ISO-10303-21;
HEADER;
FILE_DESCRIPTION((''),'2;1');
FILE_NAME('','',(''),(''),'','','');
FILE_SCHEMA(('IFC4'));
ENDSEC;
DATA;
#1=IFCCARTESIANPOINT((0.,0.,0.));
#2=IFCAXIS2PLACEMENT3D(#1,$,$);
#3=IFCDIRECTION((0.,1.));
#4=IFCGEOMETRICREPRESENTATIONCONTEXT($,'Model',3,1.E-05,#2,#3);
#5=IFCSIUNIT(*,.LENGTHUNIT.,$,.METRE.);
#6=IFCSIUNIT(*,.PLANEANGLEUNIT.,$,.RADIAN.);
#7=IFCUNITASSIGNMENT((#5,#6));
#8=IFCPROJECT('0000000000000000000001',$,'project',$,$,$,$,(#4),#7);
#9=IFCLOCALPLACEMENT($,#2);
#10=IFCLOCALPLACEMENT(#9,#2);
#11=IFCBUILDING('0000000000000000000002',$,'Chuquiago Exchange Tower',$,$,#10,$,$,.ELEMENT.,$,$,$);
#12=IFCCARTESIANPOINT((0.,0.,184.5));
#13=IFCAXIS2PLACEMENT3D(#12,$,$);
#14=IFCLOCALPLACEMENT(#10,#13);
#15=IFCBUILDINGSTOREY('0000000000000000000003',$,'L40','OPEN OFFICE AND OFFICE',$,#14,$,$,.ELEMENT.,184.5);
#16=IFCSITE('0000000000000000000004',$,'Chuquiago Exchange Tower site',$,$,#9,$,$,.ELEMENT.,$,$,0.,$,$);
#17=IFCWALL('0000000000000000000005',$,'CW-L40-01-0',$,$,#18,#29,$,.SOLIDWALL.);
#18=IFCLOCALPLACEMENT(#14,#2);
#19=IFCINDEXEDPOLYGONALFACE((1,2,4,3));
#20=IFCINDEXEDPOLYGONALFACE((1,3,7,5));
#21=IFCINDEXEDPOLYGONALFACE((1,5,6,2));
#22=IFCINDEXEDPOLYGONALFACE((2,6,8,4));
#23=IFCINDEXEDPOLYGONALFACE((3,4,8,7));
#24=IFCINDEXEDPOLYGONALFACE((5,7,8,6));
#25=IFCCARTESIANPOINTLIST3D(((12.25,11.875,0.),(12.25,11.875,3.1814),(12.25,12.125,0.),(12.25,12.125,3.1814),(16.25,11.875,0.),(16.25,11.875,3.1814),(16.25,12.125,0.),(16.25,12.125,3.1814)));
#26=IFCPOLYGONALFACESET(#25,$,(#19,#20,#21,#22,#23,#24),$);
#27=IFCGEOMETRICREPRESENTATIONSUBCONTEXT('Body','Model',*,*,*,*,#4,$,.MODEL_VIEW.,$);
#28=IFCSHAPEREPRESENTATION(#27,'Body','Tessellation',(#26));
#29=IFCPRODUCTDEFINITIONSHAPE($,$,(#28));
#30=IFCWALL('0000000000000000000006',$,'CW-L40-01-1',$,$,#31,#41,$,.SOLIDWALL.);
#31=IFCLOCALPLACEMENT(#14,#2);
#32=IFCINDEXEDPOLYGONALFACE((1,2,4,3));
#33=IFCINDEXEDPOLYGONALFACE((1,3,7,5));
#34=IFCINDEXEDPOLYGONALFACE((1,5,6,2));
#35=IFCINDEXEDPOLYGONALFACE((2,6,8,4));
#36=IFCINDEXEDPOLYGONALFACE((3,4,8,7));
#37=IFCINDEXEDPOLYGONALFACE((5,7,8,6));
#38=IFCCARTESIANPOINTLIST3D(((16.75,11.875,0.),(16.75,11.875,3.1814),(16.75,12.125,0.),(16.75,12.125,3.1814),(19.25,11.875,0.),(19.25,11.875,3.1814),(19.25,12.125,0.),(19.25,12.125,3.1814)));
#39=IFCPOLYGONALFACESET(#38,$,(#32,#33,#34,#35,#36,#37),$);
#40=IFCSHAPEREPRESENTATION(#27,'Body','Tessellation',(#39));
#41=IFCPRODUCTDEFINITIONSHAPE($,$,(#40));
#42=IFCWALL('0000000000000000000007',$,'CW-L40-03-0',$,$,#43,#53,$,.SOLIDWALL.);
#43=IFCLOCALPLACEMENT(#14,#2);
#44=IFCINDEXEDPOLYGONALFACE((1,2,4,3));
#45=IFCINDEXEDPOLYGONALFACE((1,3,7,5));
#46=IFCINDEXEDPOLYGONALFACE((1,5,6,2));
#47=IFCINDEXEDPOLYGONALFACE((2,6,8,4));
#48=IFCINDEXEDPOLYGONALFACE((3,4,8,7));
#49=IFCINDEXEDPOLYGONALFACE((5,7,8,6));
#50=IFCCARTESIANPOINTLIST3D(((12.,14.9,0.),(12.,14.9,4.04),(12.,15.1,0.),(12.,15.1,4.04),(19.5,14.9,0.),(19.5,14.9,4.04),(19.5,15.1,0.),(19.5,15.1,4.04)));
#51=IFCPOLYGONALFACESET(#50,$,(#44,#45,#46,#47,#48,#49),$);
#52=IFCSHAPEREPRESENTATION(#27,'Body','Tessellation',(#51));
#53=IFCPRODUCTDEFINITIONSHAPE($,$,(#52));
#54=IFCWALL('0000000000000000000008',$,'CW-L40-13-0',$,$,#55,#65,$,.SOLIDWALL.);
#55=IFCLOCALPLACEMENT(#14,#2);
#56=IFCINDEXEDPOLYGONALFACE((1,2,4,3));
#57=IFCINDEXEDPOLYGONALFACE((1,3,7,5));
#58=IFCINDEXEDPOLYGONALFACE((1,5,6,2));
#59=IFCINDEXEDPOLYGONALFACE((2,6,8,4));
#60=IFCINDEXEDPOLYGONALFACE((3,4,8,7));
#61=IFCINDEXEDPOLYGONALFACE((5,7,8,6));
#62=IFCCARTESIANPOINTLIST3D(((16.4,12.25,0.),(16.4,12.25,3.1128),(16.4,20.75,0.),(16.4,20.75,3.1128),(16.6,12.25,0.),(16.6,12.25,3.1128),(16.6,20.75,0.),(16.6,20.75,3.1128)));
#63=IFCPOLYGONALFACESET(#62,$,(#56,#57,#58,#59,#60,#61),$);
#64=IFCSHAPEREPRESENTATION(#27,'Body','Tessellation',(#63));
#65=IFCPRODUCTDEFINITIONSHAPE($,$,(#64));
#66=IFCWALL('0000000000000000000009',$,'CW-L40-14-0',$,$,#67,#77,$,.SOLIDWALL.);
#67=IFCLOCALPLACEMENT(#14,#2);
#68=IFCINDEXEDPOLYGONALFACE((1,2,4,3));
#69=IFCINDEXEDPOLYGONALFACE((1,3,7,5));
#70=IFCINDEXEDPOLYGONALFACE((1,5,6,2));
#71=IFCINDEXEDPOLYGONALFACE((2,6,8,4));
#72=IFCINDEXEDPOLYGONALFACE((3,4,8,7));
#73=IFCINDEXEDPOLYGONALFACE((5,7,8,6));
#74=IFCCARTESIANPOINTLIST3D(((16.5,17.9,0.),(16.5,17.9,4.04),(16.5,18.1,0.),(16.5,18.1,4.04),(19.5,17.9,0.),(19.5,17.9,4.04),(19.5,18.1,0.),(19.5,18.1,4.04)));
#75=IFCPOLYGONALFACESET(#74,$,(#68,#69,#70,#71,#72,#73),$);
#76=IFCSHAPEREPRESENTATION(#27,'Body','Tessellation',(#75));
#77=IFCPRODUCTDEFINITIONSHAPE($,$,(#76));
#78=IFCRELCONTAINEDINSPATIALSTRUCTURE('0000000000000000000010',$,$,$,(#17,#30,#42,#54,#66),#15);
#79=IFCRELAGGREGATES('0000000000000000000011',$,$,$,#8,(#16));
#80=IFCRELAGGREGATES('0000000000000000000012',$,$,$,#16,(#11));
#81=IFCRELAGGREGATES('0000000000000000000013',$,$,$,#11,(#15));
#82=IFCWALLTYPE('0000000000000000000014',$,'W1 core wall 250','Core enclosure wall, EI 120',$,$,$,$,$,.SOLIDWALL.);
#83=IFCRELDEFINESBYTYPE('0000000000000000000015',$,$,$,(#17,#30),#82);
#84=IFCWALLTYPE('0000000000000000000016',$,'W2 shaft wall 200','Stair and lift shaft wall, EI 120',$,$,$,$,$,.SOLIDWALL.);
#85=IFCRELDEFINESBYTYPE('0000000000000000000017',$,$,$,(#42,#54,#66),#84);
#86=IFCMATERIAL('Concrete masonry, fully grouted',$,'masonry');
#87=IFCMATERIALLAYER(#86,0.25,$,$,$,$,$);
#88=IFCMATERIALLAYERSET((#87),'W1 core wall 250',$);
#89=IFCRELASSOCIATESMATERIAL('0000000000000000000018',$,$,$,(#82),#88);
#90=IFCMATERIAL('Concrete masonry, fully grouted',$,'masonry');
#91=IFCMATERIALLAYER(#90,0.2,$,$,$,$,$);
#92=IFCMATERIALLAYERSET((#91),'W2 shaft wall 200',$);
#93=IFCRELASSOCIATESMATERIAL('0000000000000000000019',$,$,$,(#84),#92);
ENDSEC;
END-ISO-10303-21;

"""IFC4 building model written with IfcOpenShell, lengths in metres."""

from ifc_helpers import new_model, si_unit, direction, frame, frame_2d, origin, place, context, subcontext, project, spatial, rectangle, extrude, material, layer, layer_set, type_object, element, save


model = new_model("IFC4")

# Units and contexts
model_context = context("Model", 3, precision=1e-05, world=origin(), true_north=direction((0.0, 1.0)))
body_context = subcontext(model_context, "Body", "Model", "MODEL_VIEW")
ifc_project = project(units=[si_unit("LENGTHUNIT", "METRE"), si_unit("PLANEANGLEUNIT", "RADIAN")], contexts=[model_context])

# Site, building, storey
site_placement = place(None, origin())
site = spatial("IfcSite", under=ifc_project, at=site_placement, Name="Chuquiago Exchange Tower site", CompositionType="ELEMENT", RefElevation=0.0)
building_placement = place(site_placement, origin())
building = spatial("IfcBuilding", under=site, at=building_placement, Name="Chuquiago Exchange Tower", CompositionType="ELEMENT")
storey_placement = place(building_placement, frame((0.0, 0.0, 184.5)))
storey = spatial("IfcBuildingStorey", under=building, at=storey_placement, Name="L40", Description="OPEN OFFICE AND OFFICE", CompositionType="ELEMENT", Elevation=184.5)

# Shared definitions
ifc_material_1 = material(Name="Concrete masonry, fully grouted", Category="masonry")
ifc_layer_1 = layer(ifc_material_1, 0.25)
ifc_layer_set_1 = layer_set([ifc_layer_1], Name="W1 core wall 250")
wall_type_1 = type_object("IfcWallType", Name="W1 core wall 250", Description="Core enclosure wall, EI 120", PredefinedType="SOLIDWALL", material=ifc_layer_set_1)

# Walls
wall_1_placement = place(storey_placement, frame((12.25, 12.0, 0.0), z_axis=(0.0, 0.0, 1.0), x_axis=(1.0, 0.0, 0.0)))
element("IfcWall", 1, at=wall_1_placement, inside=storey, type_object=wall_type_1, Name="CW-L40-01-0", PredefinedType="SOLIDWALL", context=body_context, shape_type="SweptSolid", body=[
    extrude(rectangle(XDim=4.0, YDim=0.25, at=frame_2d((2.0, 0.0))), origin(), (0.0, 0.0, 1.0), 3.1814),
])
wall_2_placement = place(storey_placement, frame((16.75, 12.0, 0.0), z_axis=(0.0, 0.0, 1.0), x_axis=(1.0, 0.0, 0.0)))
element("IfcWall", 2, at=wall_2_placement, inside=storey, type_object=wall_type_1, Name="CW-L40-01-1", PredefinedType="SOLIDWALL", context=body_context, shape_type="SweptSolid", body=[
    extrude(rectangle(XDim=2.5, YDim=0.25, at=frame_2d((1.25, 0.0))), origin(), (0.0, 0.0, 1.0), 3.1814),
])
ifc_material_2 = material(Name="Concrete masonry, fully grouted", Category="masonry")
ifc_layer_2 = layer(ifc_material_2, 0.2)
ifc_layer_set_2 = layer_set([ifc_layer_2], Name="W2 shaft wall 200")
wall_type_2 = type_object("IfcWallType", Name="W2 shaft wall 200", Description="Stair and lift shaft wall, EI 120", PredefinedType="SOLIDWALL", material=ifc_layer_set_2)
wall_3_placement = place(storey_placement, frame((12.0, 15.0, 0.0), z_axis=(0.0, 0.0, 1.0), x_axis=(1.0, 0.0, 0.0)))
element("IfcWall", 3, at=wall_3_placement, inside=storey, type_object=wall_type_2, Name="CW-L40-03-0", PredefinedType="SOLIDWALL", context=body_context, shape_type="SweptSolid", body=[
    extrude(rectangle(XDim=7.5, YDim=0.2, at=frame_2d((3.75, 0.0))), origin(), (0.0, 0.0, 1.0), 4.04),
])
wall_4_placement = place(storey_placement, frame((16.5, 12.25, 0.0), z_axis=(0.0, 0.0, 1.0), x_axis=(0.0, 1.0, 0.0)))
element("IfcWall", 4, at=wall_4_placement, inside=storey, type_object=wall_type_2, Name="CW-L40-13-0", PredefinedType="SOLIDWALL", context=body_context, shape_type="SweptSolid", body=[
    extrude(rectangle(XDim=8.5, YDim=0.2, at=frame_2d((4.25, 0.0))), origin(), (0.0, 0.0, 1.0), 3.1128),
])
wall_5_placement = place(storey_placement, frame((16.5, 18.0, 0.0), z_axis=(0.0, 0.0, 1.0), x_axis=(1.0, 0.0, 0.0)))
element("IfcWall", 5, at=wall_5_placement, inside=storey, type_object=wall_type_2, Name="CW-L40-14-0", PredefinedType="SOLIDWALL", context=body_context, shape_type="SweptSolid", body=[
    extrude(rectangle(XDim=3.0, YDim=0.2, at=frame_2d((1.5, 0.0))), origin(), (0.0, 0.0, 1.0), 4.04),
])

save(model, "model.ifc")
